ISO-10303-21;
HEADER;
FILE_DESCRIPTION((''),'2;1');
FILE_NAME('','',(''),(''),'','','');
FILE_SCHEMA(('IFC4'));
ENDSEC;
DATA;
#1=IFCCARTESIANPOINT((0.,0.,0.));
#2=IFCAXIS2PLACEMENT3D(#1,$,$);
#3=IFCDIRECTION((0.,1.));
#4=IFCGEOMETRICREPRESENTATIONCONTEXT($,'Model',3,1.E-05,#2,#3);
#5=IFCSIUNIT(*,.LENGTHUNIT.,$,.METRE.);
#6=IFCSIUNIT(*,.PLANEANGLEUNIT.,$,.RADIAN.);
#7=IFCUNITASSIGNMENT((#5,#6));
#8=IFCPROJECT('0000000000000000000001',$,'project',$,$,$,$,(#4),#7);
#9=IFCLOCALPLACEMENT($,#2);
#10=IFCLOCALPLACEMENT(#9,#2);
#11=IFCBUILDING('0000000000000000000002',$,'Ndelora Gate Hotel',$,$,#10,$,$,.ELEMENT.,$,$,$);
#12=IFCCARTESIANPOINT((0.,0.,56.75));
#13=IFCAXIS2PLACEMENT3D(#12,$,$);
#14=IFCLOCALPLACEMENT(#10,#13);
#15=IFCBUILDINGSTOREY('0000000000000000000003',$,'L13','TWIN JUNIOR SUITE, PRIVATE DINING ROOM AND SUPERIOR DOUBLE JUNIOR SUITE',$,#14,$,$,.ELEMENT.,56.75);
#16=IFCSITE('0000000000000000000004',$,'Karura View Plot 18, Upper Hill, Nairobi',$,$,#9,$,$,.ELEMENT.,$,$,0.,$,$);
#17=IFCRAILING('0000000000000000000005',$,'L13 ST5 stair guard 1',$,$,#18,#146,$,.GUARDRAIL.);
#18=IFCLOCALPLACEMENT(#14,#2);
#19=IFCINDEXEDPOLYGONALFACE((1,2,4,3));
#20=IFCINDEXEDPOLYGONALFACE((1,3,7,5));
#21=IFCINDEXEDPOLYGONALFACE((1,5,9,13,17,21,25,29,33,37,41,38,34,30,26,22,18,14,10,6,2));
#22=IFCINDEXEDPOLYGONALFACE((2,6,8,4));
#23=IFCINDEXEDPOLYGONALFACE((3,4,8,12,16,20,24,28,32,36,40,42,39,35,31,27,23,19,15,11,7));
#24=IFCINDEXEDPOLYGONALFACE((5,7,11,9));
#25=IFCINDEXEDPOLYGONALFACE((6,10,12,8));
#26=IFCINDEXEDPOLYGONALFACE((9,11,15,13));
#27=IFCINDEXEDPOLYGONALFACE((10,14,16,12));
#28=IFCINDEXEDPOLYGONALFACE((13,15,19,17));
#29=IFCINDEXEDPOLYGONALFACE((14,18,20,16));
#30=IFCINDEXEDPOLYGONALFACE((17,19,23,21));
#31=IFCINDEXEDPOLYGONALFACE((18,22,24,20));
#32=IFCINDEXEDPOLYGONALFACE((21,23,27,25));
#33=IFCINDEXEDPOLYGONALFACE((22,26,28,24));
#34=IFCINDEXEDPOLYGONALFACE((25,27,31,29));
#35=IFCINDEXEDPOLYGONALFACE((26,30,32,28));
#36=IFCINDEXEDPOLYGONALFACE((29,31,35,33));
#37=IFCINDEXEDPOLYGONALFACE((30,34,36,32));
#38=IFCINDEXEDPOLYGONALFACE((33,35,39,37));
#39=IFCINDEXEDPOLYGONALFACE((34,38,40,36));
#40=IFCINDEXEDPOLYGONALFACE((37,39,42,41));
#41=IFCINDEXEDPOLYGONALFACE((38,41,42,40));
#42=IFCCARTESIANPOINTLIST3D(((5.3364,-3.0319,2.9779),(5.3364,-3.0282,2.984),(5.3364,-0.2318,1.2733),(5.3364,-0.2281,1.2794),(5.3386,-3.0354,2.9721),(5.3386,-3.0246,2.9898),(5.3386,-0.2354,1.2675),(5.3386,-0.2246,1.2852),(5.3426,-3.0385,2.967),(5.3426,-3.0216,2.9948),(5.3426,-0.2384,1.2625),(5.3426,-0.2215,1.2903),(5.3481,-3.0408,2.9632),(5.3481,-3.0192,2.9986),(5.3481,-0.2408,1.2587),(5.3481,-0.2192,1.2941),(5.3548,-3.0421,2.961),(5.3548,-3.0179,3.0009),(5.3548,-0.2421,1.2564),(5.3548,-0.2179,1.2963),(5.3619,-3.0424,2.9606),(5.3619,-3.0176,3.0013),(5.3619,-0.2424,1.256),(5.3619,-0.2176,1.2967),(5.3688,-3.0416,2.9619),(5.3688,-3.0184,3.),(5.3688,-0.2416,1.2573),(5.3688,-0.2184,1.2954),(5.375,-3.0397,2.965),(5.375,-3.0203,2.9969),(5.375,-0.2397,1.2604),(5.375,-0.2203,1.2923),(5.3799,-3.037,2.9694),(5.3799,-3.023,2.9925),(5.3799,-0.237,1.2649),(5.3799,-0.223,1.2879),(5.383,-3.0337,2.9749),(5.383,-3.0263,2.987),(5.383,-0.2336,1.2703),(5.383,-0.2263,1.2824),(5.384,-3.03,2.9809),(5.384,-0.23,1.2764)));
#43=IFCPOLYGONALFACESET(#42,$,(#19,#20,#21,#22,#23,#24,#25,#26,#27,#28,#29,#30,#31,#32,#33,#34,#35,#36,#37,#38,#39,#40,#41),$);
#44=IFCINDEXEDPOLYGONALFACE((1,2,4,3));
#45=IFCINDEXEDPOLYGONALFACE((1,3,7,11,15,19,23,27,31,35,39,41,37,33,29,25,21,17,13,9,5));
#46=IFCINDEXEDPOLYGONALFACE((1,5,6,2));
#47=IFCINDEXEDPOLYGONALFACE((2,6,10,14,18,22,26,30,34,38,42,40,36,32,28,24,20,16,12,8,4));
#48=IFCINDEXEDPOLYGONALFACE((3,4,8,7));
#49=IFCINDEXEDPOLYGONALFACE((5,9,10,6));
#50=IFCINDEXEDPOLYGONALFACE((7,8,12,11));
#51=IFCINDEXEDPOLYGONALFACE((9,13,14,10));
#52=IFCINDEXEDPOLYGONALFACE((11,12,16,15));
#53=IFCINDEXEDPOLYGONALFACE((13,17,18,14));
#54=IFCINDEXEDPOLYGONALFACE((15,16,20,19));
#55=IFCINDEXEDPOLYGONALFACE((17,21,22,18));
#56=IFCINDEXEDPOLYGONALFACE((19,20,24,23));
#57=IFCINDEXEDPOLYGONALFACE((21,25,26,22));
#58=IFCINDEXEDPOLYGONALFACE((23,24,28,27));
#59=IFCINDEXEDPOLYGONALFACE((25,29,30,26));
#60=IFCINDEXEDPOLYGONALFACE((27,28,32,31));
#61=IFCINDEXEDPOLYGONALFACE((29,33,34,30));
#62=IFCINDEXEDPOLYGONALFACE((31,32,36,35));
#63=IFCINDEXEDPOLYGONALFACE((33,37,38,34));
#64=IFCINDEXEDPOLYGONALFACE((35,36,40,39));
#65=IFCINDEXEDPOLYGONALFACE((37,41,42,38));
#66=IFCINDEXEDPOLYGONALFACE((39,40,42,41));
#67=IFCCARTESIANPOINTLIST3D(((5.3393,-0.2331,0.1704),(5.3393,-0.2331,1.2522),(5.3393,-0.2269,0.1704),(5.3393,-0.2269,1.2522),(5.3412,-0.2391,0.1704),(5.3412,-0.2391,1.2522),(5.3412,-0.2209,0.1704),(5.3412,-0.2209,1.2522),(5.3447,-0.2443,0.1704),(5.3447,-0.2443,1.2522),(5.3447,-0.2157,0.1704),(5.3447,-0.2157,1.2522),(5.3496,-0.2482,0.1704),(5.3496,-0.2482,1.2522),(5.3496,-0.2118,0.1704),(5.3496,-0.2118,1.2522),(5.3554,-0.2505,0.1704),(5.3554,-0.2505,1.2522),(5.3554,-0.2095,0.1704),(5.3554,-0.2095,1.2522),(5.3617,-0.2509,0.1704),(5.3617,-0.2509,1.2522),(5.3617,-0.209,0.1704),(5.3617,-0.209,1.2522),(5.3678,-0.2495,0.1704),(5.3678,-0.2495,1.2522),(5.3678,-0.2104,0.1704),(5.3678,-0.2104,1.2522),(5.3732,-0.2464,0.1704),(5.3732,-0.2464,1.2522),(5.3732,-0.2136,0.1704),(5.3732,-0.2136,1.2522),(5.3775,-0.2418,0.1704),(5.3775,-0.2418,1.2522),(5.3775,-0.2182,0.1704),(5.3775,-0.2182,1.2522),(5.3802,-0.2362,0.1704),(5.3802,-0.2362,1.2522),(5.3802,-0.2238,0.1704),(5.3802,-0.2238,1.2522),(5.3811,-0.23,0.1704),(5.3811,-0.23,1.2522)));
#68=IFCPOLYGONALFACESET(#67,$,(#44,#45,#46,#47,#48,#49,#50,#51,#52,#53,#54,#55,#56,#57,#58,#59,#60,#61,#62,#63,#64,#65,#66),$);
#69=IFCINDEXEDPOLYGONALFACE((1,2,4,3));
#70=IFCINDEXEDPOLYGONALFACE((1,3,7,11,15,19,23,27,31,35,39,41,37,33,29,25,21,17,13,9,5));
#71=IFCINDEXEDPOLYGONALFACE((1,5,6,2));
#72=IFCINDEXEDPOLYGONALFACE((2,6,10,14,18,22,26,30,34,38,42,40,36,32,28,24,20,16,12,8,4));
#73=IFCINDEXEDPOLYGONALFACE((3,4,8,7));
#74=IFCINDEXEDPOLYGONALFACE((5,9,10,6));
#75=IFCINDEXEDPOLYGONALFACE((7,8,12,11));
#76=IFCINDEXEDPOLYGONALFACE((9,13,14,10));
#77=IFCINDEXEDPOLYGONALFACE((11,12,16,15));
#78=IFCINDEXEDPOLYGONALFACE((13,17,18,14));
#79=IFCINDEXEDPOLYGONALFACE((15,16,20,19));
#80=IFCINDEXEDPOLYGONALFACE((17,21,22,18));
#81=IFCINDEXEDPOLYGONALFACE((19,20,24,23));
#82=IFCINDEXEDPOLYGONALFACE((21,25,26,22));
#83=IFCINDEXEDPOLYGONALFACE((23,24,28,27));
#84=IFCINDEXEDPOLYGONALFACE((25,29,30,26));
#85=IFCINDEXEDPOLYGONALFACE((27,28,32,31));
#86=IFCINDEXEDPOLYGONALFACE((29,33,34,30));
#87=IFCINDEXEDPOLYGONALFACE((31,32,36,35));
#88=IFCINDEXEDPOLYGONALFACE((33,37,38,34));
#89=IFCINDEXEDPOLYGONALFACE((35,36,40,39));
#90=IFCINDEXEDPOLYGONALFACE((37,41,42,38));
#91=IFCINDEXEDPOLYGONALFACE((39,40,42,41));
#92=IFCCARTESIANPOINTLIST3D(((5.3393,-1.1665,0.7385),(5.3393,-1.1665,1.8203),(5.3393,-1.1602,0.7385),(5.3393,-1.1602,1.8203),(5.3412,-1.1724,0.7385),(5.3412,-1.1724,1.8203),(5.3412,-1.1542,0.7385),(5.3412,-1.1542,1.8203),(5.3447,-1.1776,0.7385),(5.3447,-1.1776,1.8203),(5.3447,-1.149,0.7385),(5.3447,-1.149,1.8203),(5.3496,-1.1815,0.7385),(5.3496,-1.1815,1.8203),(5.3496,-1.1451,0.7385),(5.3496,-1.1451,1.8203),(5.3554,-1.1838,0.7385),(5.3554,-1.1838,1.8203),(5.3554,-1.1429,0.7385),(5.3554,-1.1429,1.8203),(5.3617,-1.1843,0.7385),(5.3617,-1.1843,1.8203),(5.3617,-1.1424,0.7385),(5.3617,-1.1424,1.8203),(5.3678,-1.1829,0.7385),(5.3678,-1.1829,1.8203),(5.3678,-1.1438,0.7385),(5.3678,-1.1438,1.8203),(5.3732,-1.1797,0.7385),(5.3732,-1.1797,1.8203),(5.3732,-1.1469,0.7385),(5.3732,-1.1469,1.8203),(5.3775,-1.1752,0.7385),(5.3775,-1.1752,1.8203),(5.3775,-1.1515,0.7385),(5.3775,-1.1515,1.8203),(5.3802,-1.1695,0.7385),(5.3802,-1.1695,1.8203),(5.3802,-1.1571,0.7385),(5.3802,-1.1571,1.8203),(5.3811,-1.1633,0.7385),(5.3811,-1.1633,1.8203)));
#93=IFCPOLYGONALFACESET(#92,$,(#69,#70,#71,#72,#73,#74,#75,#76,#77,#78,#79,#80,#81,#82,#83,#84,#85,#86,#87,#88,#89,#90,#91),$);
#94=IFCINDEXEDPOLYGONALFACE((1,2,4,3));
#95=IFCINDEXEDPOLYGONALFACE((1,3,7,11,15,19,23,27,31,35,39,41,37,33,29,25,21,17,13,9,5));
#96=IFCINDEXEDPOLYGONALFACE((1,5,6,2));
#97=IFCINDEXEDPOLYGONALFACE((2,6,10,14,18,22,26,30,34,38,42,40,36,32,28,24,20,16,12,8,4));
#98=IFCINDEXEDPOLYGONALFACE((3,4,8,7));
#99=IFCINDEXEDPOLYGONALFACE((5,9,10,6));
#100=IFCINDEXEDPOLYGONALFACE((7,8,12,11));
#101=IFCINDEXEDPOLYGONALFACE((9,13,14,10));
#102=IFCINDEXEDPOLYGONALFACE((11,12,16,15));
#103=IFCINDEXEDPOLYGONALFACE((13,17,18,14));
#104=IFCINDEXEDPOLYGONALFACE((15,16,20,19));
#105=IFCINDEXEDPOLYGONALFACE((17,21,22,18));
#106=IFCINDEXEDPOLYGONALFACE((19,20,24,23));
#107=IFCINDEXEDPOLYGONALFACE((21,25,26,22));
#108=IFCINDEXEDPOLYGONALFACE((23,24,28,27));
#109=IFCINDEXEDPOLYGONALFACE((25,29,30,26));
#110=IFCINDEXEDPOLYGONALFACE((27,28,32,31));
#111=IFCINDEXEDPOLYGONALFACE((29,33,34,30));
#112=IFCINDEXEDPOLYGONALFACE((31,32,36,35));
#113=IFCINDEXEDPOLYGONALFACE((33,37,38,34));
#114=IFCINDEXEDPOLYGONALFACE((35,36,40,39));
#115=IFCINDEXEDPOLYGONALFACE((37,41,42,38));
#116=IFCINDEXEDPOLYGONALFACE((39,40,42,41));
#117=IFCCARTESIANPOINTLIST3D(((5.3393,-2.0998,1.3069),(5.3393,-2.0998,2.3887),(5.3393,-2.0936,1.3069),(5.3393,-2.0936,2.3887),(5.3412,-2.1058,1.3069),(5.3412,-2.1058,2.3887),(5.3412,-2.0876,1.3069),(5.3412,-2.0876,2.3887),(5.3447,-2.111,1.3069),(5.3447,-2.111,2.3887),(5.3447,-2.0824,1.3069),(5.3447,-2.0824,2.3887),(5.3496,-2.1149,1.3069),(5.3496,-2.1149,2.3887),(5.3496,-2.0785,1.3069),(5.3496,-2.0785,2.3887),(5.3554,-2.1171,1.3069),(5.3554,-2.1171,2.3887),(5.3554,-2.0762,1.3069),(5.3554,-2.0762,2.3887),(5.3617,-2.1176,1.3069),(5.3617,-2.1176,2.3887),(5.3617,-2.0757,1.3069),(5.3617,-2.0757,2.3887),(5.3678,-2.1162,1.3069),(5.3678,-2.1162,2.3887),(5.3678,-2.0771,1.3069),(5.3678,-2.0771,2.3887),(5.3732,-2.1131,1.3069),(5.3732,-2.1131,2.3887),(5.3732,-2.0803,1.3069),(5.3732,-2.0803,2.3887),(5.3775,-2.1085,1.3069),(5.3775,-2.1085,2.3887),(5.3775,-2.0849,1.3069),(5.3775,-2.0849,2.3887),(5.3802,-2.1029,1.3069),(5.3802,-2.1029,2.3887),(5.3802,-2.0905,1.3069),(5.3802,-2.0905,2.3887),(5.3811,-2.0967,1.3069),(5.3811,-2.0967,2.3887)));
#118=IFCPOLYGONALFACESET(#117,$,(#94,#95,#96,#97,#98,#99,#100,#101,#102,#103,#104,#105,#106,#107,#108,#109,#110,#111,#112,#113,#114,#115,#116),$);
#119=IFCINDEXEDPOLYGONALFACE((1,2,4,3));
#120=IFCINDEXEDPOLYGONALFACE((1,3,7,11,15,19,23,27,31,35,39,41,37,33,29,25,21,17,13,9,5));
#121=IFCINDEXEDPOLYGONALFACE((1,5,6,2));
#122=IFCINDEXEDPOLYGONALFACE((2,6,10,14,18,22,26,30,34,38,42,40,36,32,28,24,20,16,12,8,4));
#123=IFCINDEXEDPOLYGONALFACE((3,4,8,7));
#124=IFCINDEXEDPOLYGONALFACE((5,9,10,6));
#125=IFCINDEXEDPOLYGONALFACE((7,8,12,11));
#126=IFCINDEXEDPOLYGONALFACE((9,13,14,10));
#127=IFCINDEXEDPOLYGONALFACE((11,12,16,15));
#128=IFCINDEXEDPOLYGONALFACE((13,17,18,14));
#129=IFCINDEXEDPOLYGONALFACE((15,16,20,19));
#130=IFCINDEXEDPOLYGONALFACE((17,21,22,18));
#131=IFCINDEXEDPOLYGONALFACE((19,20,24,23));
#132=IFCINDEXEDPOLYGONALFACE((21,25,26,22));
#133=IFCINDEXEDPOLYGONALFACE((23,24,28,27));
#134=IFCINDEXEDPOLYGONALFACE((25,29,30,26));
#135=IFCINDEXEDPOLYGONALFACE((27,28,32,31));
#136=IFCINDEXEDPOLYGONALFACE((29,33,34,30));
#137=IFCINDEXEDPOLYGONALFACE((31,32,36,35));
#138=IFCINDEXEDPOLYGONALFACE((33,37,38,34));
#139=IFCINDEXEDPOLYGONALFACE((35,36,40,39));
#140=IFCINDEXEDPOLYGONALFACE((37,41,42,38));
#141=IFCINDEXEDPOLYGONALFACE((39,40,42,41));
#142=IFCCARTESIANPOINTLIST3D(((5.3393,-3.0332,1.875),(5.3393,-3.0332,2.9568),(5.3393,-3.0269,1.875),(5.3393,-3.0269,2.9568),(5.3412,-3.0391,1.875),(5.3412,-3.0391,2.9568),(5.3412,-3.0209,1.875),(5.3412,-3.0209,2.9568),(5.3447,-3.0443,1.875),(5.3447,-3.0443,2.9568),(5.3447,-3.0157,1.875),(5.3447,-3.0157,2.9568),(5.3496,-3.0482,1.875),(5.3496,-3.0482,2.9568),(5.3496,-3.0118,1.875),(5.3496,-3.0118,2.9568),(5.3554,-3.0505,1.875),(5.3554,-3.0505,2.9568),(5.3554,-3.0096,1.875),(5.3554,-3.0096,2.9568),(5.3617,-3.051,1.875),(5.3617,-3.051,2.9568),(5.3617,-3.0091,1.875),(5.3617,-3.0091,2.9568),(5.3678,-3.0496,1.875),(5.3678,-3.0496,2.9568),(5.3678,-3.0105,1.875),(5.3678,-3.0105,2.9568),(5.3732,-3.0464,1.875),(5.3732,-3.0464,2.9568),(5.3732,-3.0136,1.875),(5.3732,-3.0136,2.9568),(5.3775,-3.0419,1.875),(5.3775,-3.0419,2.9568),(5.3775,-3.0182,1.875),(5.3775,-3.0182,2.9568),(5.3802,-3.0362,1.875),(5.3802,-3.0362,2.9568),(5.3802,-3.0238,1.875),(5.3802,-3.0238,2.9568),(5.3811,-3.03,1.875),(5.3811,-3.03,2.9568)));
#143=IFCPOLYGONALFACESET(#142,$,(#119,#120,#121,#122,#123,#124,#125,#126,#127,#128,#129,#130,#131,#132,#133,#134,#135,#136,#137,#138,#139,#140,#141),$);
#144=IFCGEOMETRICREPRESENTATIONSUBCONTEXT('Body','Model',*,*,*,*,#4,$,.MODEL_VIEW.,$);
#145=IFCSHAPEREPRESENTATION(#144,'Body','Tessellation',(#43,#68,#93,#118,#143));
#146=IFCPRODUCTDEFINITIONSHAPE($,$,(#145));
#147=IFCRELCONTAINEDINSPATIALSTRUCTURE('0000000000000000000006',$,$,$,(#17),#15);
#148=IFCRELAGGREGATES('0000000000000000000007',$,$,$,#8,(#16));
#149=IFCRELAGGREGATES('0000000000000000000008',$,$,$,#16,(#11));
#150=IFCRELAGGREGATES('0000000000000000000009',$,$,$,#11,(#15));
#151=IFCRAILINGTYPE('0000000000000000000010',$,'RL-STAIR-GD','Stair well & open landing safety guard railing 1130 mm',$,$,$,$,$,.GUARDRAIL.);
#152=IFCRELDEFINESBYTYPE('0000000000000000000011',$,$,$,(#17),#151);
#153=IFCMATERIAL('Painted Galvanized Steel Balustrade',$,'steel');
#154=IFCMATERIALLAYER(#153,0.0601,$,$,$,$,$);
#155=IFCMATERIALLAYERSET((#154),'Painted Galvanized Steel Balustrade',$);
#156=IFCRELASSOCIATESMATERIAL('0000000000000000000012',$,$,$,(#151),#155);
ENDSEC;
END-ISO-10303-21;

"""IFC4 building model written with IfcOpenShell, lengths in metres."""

from ifc_helpers import new_model, si_unit, direction, frame, origin, origin_2d, place, context, subcontext, project, spatial, circle, extrude, material, layer, layer_set, type_object, element, save


model = new_model("IFC4")

# Units and contexts
model_context = context("Model", 3, precision=1e-05, world=origin(), true_north=direction((0.0, 1.0)))
body_context = subcontext(model_context, "Body", "Model", "MODEL_VIEW")
ifc_project = project(units=[si_unit("LENGTHUNIT", "METRE"), si_unit("PLANEANGLEUNIT", "RADIAN")], contexts=[model_context])

# Site, building, storey
site_placement = place(None, origin())
site = spatial("IfcSite", under=ifc_project, at=site_placement, Name="Karura View Plot 18, Upper Hill, Nairobi", CompositionType="ELEMENT", RefElevation=0.0)
building_placement = place(site_placement, origin())
building = spatial("IfcBuilding", under=site, at=building_placement, Name="Ndelora Gate Hotel", CompositionType="ELEMENT")
storey_placement = place(building_placement, frame((0.0, 0.0, 56.75)))
storey = spatial("IfcBuildingStorey", under=building, at=storey_placement, Name="L13", Description="TWIN JUNIOR SUITE, PRIVATE DINING ROOM AND SUPERIOR DOUBLE JUNIOR SUITE", CompositionType="ELEMENT", Elevation=56.75)

# Railing
ifc_material_1 = material(Name="Painted Galvanized Steel Balustrade", Category="steel")
ifc_layer_1 = layer(ifc_material_1, 0.0601)
ifc_layer_set_1 = layer_set([ifc_layer_1], Name="Painted Galvanized Steel Balustrade")
railing_type = type_object("IfcRailingType", Name="RL-STAIR-GD", Description="Stair well & open landing safety guard railing 1130 mm", PredefinedType="GUARDRAIL", material=ifc_layer_set_1)
railing_1_placement = place(storey_placement, frame((5.3601, -0.23, 0.1704)))
element("IfcRailing", 1, at=railing_1_placement, inside=storey, type_object=railing_type, Name="L13 ST5 stair guard 1", PredefinedType="GUARDRAIL", context=body_context, shape_type="SweptSolid", body=[
    extrude(circle(Radius=0.0239, at=origin_2d()), frame((0.0, 0.0, 1.106), z_axis=(0.0, -0.85417, 0.519994), x_axis=(1.0, 0.0, 0.0)), (0.0, 0.0, 1.0), 3.2781),
    extrude(circle(Radius=0.021, at=origin_2d()), origin(), (0.0, 0.0, 1.0), 1.0818),
    extrude(circle(Radius=0.021, at=origin_2d()), frame((0.0, -0.9333, 0.5681)), (0.0, 0.0, 1.0), 1.0818),
    extrude(circle(Radius=0.021, at=origin_2d()), frame((0.0, -1.8667, 1.1365)), (0.0, 0.0, 1.0), 1.0818),
    extrude(circle(Radius=0.021, at=origin_2d()), frame((0.0, -2.8, 1.7046)), (0.0, 0.0, 1.0), 1.0818),
])

save(model, "model.ifc")
